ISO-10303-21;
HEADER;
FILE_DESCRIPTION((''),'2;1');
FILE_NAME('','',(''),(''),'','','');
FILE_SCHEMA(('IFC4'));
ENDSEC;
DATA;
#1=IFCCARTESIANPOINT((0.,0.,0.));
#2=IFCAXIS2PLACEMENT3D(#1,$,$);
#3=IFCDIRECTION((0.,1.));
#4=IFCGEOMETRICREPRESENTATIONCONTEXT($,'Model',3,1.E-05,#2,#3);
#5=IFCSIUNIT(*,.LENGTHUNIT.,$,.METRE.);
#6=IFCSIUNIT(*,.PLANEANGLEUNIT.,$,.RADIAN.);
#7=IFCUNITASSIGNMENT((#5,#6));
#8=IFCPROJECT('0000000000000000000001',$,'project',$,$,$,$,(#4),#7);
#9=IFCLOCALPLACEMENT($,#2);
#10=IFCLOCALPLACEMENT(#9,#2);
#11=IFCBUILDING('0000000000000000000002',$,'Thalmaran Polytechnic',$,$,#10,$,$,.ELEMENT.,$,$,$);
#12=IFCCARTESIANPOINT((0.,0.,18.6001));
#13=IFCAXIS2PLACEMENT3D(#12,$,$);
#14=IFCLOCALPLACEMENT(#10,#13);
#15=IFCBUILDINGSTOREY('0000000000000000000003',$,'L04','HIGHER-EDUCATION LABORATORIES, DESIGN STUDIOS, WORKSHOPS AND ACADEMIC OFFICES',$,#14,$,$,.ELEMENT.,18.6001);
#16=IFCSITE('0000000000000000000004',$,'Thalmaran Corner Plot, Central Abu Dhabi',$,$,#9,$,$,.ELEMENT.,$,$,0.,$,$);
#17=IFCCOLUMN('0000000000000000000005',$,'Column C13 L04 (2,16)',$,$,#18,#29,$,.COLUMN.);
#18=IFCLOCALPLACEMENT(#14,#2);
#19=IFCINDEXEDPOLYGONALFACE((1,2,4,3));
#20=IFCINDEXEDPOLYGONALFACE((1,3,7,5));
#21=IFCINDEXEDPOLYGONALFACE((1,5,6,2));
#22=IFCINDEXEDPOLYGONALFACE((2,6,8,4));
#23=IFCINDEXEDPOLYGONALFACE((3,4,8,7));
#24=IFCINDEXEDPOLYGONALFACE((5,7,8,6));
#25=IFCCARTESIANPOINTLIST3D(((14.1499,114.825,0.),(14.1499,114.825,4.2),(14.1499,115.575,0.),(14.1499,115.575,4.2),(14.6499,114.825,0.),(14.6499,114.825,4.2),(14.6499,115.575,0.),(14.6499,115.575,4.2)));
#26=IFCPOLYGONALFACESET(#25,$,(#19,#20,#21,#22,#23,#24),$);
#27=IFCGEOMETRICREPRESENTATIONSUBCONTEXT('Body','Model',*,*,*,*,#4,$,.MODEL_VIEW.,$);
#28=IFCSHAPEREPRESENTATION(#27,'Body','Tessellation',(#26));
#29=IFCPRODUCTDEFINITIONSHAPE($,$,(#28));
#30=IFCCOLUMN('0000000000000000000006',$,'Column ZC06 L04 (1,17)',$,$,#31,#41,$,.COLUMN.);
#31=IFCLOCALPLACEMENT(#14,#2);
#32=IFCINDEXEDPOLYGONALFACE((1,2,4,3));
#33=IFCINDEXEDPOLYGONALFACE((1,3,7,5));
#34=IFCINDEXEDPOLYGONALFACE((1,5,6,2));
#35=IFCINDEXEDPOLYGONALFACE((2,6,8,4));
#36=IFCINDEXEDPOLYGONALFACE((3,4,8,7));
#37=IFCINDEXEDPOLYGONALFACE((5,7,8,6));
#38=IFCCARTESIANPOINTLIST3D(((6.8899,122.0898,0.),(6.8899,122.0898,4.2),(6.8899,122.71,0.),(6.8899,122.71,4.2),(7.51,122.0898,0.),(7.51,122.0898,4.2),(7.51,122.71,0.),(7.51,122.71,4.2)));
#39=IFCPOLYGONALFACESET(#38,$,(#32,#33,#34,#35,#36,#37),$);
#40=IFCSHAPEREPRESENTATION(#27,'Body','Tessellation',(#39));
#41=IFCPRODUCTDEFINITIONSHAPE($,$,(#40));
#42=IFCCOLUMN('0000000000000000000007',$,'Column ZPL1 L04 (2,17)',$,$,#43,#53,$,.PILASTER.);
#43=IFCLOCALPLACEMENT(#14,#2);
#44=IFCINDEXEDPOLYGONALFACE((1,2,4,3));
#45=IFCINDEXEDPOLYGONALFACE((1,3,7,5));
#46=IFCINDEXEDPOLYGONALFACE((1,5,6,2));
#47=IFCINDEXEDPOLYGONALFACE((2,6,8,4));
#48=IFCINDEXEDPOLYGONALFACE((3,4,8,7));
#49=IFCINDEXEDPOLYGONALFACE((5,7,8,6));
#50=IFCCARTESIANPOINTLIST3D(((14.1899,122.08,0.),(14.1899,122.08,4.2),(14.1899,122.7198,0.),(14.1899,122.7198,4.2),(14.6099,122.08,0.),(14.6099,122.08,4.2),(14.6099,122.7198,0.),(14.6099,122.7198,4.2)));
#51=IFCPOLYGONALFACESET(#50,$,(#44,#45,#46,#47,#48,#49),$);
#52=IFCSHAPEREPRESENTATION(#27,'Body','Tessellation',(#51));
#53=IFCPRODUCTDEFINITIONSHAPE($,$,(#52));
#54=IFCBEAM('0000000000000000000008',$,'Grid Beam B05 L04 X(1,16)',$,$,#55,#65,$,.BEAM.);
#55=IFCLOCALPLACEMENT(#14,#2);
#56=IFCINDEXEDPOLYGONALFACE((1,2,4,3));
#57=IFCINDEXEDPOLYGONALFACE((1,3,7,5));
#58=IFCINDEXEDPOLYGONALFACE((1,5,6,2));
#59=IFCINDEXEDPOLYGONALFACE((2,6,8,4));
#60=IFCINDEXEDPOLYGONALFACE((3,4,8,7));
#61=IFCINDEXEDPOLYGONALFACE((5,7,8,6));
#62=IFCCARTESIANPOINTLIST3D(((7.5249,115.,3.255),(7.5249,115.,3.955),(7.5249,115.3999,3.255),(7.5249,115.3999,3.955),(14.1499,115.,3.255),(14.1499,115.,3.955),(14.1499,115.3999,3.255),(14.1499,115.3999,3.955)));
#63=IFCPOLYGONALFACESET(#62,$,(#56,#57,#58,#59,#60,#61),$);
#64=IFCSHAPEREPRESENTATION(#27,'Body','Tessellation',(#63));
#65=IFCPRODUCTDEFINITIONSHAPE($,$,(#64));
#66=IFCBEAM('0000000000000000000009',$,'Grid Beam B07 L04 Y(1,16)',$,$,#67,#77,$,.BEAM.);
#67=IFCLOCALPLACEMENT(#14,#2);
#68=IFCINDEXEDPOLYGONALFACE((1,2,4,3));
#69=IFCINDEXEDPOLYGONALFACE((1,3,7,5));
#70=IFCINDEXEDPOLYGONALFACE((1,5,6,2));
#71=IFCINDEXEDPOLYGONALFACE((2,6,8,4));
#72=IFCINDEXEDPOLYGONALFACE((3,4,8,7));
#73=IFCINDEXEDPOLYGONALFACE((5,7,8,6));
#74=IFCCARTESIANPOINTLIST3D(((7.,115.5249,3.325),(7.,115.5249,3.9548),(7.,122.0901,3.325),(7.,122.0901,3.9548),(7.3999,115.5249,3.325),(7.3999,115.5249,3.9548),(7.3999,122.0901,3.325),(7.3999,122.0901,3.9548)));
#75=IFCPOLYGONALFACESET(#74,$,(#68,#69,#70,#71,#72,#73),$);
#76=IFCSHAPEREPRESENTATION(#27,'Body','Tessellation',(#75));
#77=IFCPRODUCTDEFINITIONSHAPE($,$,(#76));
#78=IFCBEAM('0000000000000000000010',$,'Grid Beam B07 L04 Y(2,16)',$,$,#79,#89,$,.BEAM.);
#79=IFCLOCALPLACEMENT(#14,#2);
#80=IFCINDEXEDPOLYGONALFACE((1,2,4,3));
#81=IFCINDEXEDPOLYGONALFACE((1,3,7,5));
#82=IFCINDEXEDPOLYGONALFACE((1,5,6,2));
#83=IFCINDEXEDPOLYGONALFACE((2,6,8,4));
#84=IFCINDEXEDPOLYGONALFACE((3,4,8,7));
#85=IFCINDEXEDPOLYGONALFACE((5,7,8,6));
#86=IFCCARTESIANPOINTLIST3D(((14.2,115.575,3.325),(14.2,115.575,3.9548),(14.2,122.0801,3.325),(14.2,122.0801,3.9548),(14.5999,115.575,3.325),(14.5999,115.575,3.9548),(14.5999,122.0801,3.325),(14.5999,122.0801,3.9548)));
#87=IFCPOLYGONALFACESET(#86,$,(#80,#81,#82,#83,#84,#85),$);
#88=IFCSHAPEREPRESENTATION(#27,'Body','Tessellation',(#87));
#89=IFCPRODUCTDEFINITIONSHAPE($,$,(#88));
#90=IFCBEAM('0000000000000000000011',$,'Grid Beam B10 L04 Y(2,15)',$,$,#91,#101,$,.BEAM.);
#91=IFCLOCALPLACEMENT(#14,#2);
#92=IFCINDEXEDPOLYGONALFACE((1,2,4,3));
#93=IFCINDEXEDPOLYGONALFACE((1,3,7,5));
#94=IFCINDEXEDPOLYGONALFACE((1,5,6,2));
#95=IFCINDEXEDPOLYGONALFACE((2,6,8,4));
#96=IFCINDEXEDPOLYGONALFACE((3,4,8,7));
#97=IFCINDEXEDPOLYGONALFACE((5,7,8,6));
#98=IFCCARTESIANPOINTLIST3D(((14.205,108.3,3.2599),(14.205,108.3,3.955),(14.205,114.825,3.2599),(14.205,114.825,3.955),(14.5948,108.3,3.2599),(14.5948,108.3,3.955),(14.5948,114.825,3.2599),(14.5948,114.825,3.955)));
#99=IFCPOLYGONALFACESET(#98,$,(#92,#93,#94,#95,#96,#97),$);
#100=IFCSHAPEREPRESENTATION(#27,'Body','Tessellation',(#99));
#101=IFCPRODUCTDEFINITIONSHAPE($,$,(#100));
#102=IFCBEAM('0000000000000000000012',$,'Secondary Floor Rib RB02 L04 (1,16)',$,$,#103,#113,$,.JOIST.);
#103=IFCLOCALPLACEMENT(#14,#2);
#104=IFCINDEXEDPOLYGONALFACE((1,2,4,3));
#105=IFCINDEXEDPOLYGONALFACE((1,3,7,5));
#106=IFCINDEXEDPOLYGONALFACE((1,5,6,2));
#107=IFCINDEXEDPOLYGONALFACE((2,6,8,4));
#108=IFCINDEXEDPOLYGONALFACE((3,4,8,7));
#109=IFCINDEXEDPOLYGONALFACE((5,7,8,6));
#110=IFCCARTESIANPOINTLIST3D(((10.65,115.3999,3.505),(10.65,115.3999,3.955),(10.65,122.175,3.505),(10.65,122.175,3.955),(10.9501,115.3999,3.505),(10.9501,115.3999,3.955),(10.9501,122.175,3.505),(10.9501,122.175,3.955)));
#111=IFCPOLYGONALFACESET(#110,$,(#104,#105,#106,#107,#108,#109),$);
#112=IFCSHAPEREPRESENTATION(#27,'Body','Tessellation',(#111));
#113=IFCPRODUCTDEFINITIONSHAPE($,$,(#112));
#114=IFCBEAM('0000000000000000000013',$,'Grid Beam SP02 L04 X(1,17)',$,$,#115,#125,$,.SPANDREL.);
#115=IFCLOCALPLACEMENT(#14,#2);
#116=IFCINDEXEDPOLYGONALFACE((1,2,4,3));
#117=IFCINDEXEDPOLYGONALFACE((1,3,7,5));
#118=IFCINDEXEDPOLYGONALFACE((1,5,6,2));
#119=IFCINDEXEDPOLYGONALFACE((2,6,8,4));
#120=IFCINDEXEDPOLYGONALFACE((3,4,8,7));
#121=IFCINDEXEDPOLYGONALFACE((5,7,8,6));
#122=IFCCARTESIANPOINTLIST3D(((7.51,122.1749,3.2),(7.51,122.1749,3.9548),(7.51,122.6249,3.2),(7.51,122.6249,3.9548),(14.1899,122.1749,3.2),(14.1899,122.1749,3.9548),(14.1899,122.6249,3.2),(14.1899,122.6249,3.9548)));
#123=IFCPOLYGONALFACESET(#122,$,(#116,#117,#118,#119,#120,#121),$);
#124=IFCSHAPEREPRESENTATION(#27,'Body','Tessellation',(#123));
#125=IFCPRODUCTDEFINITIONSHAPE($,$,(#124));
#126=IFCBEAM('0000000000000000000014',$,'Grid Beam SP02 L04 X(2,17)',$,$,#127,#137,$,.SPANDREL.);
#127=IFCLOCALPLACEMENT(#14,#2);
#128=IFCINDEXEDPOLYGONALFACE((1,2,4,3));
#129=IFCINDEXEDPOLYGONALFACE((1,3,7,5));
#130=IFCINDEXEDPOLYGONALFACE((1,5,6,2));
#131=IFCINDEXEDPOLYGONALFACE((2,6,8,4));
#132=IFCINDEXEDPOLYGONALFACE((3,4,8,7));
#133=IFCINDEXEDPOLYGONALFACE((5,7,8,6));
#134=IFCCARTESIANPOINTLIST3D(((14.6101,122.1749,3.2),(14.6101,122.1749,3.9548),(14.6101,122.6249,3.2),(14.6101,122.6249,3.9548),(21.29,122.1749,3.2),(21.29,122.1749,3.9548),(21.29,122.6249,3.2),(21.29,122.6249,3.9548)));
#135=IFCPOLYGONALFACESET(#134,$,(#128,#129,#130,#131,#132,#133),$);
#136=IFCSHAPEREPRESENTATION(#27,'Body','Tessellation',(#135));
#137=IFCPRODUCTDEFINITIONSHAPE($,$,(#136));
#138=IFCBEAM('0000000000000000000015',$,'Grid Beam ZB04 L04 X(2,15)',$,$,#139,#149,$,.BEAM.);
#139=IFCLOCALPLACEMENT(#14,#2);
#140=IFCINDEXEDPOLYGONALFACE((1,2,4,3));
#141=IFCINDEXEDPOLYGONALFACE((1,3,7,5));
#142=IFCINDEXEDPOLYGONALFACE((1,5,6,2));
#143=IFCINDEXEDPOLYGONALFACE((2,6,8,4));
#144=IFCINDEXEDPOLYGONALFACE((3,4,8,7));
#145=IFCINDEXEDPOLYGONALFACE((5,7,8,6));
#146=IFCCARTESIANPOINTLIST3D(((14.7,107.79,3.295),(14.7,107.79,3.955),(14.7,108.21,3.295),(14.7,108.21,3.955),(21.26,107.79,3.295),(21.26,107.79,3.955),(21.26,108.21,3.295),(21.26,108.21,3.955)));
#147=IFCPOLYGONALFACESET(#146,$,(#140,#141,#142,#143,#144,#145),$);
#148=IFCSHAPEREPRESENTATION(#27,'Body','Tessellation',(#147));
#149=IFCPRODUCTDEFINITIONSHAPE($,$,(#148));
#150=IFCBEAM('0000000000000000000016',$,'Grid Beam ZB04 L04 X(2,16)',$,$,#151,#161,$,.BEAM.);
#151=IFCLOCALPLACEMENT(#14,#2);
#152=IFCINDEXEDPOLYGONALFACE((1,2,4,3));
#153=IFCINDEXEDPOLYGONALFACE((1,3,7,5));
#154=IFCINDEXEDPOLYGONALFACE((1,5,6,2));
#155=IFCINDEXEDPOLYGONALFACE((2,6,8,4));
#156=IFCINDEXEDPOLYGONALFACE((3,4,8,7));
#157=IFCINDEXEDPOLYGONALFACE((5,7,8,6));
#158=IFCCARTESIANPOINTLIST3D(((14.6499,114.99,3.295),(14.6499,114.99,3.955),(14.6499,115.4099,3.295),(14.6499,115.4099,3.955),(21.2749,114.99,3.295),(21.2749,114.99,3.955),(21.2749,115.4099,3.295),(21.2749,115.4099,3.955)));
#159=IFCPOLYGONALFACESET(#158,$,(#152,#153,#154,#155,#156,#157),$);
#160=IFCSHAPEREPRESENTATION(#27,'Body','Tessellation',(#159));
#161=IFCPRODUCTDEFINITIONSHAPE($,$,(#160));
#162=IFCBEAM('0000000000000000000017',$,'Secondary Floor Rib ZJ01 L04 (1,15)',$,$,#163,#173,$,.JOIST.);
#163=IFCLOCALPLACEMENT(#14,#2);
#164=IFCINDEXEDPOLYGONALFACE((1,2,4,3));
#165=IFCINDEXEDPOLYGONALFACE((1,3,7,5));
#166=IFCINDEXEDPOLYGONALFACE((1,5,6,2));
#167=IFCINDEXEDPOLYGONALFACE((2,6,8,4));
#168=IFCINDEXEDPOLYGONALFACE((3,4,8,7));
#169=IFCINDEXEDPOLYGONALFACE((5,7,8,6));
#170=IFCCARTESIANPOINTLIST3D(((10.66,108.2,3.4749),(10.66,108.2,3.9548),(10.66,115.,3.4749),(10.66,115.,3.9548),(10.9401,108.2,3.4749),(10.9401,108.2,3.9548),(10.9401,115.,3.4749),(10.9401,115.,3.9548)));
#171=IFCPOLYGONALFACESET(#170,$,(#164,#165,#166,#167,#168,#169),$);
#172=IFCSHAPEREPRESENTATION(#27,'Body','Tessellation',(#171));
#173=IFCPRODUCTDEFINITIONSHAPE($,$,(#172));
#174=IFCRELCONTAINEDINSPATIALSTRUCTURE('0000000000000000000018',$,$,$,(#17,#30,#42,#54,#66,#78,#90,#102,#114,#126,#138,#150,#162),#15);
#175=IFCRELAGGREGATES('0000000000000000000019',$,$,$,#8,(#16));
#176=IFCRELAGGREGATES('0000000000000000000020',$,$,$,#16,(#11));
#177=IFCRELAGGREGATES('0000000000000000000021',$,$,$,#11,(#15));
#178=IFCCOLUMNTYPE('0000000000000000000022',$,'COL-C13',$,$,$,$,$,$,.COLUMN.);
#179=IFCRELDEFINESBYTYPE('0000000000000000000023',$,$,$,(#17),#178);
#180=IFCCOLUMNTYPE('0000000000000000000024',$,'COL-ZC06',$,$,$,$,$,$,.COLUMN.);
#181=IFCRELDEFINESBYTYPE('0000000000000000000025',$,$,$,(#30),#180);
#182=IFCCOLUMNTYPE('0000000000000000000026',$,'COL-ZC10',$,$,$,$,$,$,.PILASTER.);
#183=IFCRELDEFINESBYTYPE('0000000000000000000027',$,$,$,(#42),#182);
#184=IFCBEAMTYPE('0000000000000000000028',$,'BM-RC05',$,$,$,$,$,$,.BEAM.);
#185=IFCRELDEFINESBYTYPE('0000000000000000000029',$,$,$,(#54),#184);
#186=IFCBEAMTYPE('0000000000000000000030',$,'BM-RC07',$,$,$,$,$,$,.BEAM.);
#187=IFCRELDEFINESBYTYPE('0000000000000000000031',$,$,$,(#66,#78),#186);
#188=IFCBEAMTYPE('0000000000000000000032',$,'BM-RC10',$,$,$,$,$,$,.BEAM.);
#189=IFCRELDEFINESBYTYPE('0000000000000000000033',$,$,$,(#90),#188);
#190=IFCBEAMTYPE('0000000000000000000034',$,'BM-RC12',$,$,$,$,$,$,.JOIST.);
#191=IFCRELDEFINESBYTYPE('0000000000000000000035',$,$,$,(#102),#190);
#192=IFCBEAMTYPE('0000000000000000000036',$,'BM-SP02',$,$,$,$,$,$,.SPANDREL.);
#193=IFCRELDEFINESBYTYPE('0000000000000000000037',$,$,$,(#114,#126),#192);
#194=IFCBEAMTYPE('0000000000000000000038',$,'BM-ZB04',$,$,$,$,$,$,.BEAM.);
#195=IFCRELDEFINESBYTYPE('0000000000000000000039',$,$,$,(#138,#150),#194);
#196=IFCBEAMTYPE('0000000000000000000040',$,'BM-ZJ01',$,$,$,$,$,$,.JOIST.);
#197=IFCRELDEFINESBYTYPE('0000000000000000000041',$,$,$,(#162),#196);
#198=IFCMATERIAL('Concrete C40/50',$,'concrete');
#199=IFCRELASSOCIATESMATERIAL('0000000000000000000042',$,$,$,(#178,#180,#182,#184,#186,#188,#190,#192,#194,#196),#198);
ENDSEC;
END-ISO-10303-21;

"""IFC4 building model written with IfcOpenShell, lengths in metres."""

from ifc_helpers import new_model, si_unit, direction, frame, origin, origin_2d, place, context, subcontext, project, spatial, rectangle, extrude, material, material_profile, profile_set, type_object, element, save


model = new_model("IFC4")

# Units and contexts
model_context = context("Model", 3, precision=1e-05, world=origin(), true_north=direction((0.0, 1.0)))
body_context = subcontext(model_context, "Body", "Model", "MODEL_VIEW")
ifc_project = project(units=[si_unit("LENGTHUNIT", "METRE"), si_unit("PLANEANGLEUNIT", "RADIAN")], contexts=[model_context])

# Site, building, storey
site_placement = place(None, origin())
site = spatial("IfcSite", under=ifc_project, at=site_placement, Name="Thalmaran Corner Plot, Central Abu Dhabi", CompositionType="ELEMENT", RefElevation=0.0)
building_placement = place(site_placement, origin())
building = spatial("IfcBuilding", under=site, at=building_placement, Name="Thalmaran Polytechnic", CompositionType="ELEMENT")
storey_placement = place(building_placement, frame((0.0, 0.0, 18.6001)))
storey = spatial("IfcBuildingStorey", under=building, at=storey_placement, Name="L04", Description="HIGHER-EDUCATION LABORATORIES, DESIGN STUDIOS, WORKSHOPS AND ACADEMIC OFFICES", CompositionType="ELEMENT", Elevation=18.6001)

# Columns
ifc_material_1 = material(Name="Concrete C40/50", Category="concrete")
ifc_material_profile_1 = material_profile(ifc_material_1, rectangle(XDim=0.5, YDim=0.75, at=origin_2d()), Name="RC 500x750")
ifc_profile_set_1 = profile_set([ifc_material_profile_1], Name="Concrete C40/50")
column_type_1 = type_object("IfcColumnType", Name="COL-C13", PredefinedType="COLUMN", material=ifc_profile_set_1)
column_1_placement = place(storey_placement, frame((14.3999, 115.2, 0.0), z_axis=(0.0, 0.0, 1.0), x_axis=(1.0, 0.0, 0.0)))
element("IfcColumn", 1, at=column_1_placement, inside=storey, type_object=column_type_1, Name="Column C13 L04 (2,16)", PredefinedType="COLUMN", context=body_context, shape_type="SweptSolid", body=[
    extrude(rectangle(XDim=0.5, YDim=0.75, at=origin_2d()), origin(), (0.0, 0.0, 1.0), 4.2),
])
ifc_material_profile_2 = material_profile(ifc_material_1, rectangle(XDim=0.6201, YDim=0.6201, at=origin_2d()), Name="RC 620x620")
ifc_profile_set_2 = profile_set([ifc_material_profile_2], Name="Concrete C40/50")
column_type_2 = type_object("IfcColumnType", Name="COL-ZC06", PredefinedType="COLUMN", material=ifc_profile_set_2)
column_2_placement = place(storey_placement, frame((7.2, 122.3999, 0.0), z_axis=(0.0, 0.0, 1.0), x_axis=(1.0, 0.0, 0.0)))
element("IfcColumn", 2, at=column_2_placement, inside=storey, type_object=column_type_2, Name="Column ZC06 L04 (1,17)", PredefinedType="COLUMN", context=body_context, shape_type="SweptSolid", body=[
    extrude(rectangle(XDim=0.6201, YDim=0.6201, at=origin_2d()), origin(), (0.0, 0.0, 1.0), 4.2),
])
ifc_material_profile_3 = material_profile(ifc_material_1, rectangle(XDim=0.4199, YDim=0.6399, at=origin_2d()), Name="RC 420x640")
ifc_profile_set_3 = profile_set([ifc_material_profile_3], Name="Concrete C40/50")
column_type_3 = type_object("IfcColumnType", Name="COL-ZC10", PredefinedType="PILASTER", material=ifc_profile_set_3)
column_3_placement = place(storey_placement, frame((14.3999, 122.3999, 0.0), z_axis=(0.0, 0.0, 1.0), x_axis=(1.0, 0.0, 0.0)))
element("IfcColumn", 3, at=column_3_placement, inside=storey, type_object=column_type_3, Name="Column ZPL1 L04 (2,17)", PredefinedType="PILASTER", context=body_context, shape_type="SweptSolid", body=[
    extrude(rectangle(XDim=0.4199, YDim=0.6399, at=origin_2d()), origin(), (0.0, 0.0, 1.0), 4.2),
])

# Beams
ifc_material_profile_4 = material_profile(ifc_material_1, rectangle(XDim=0.3999, YDim=0.7, at=origin_2d()), Name="RC 400x700")
ifc_profile_set_4 = profile_set([ifc_material_profile_4], Name="Concrete C40/50")
beam_type_1 = type_object("IfcBeamType", Name="BM-RC05", PredefinedType="BEAM", material=ifc_profile_set_4)
beam_1_placement = place(storey_placement, frame((7.5249, 115.2, 3.605), z_axis=(1.0, 0.0, 0.0), x_axis=(0.0, 1.0, 0.0)))
element("IfcBeam", 4, at=beam_1_placement, inside=storey, type_object=beam_type_1, Name="Grid Beam B05 L04 X(1,16)", PredefinedType="BEAM", context=body_context, shape_type="SweptSolid", body=[
    extrude(rectangle(XDim=0.3999, YDim=0.7, at=origin_2d()), origin(), (0.0, 0.0, 1.0), 6.625),
])
ifc_material_profile_5 = material_profile(ifc_material_1, rectangle(XDim=0.3999, YDim=0.6299, at=origin_2d()), Name="RC 400x630")
ifc_profile_set_5 = profile_set([ifc_material_profile_5], Name="Concrete C40/50")
beam_type_2 = type_object("IfcBeamType", Name="BM-RC07", PredefinedType="BEAM", material=ifc_profile_set_5)
beam_2_placement = place(storey_placement, frame((7.2, 115.5249, 3.6399), z_axis=(0.0, 1.0, 0.0), x_axis=(-1.0, 0.0, 0.0)))
element("IfcBeam", 5, at=beam_2_placement, inside=storey, type_object=beam_type_2, Name="Grid Beam B07 L04 Y(1,16)", PredefinedType="BEAM", context=body_context, shape_type="SweptSolid", body=[
    extrude(rectangle(XDim=0.3999, YDim=0.6299, at=origin_2d()), origin(), (0.0, 0.0, 1.0), 6.5652),
])
beam_3_placement = place(storey_placement, frame((14.3999, 115.575, 3.6399), z_axis=(0.0, 1.0, 0.0), x_axis=(-1.0, 0.0, 0.0)))
element("IfcBeam", 6, at=beam_3_placement, inside=storey, type_object=beam_type_2, Name="Grid Beam B07 L04 Y(2,16)", PredefinedType="BEAM", context=body_context, shape_type="SweptSolid", body=[
    extrude(rectangle(XDim=0.3999, YDim=0.6299, at=origin_2d()), origin(), (0.0, 0.0, 1.0), 6.5051),
])
ifc_material_profile_6 = material_profile(ifc_material_1, rectangle(XDim=0.3899, YDim=0.6951, at=origin_2d()), Name="RC 390x695")
ifc_profile_set_6 = profile_set([ifc_material_profile_6], Name="Concrete C40/50")
beam_type_3 = type_object("IfcBeamType", Name="BM-RC10", PredefinedType="BEAM", material=ifc_profile_set_6)
beam_4_placement = place(storey_placement, frame((14.3999, 108.3, 3.6074), z_axis=(0.0, 1.0, 0.0), x_axis=(-1.0, 0.0, 0.0)))
element("IfcBeam", 7, at=beam_4_placement, inside=storey, type_object=beam_type_3, Name="Grid Beam B10 L04 Y(2,15)", PredefinedType="BEAM", context=body_context, shape_type="SweptSolid", body=[
    extrude(rectangle(XDim=0.3899, YDim=0.6951, at=origin_2d()), origin(), (0.0, 0.0, 1.0), 6.5249),
])
ifc_material_profile_7 = material_profile(ifc_material_1, rectangle(XDim=0.3, YDim=0.45, at=origin_2d()), Name="RC 300x450")
ifc_profile_set_7 = profile_set([ifc_material_profile_7], Name="Concrete C40/50")
beam_type_4 = type_object("IfcBeamType", Name="BM-RC12", PredefinedType="JOIST", material=ifc_profile_set_7)
beam_5_placement = place(storey_placement, frame((10.8, 115.3999, 3.73), z_axis=(0.0, 1.0, 0.0), x_axis=(-1.0, 0.0, 0.0)))
element("IfcBeam", 8, at=beam_5_placement, inside=storey, type_object=beam_type_4, Name="Secondary Floor Rib RB02 L04 (1,16)", PredefinedType="JOIST", context=body_context, shape_type="SweptSolid", body=[
    extrude(rectangle(XDim=0.3, YDim=0.45, at=origin_2d()), origin(), (0.0, 0.0, 1.0), 6.7751),
])
ifc_material_profile_8 = material_profile(ifc_material_1, rectangle(XDim=0.45, YDim=0.7549, at=origin_2d()), Name="RC 450x755")
ifc_profile_set_8 = profile_set([ifc_material_profile_8], Name="Concrete C40/50")
beam_type_5 = type_object("IfcBeamType", Name="BM-SP02", PredefinedType="SPANDREL", material=ifc_profile_set_8)
for number, where, z_axis, x_axis, name in (
    (9, (7.51, 122.3999, 3.5774), (1.0, 0.0, 0.0), (0.0, 1.0, 0.0), "Grid Beam SP02 L04 X(1,17)"),
    (10, (14.6101, 122.3999, 3.5774), (1.0, 0.0, 0.0), (0.0, 1.0, 0.0), "Grid Beam SP02 L04 X(2,17)"),
):
    element("IfcBeam", number, at=place(storey_placement, frame(where, z_axis=z_axis, x_axis=x_axis)), inside=storey, type_object=beam_type_5, Name=name, PredefinedType="SPANDREL", context=body_context, shape_type="SweptSolid", body=[
        extrude(rectangle(XDim=0.45, YDim=0.7549, at=origin_2d()), origin(), (0.0, 0.0, 1.0), 6.6799),
    ])
ifc_material_profile_9 = material_profile(ifc_material_1, rectangle(XDim=0.4199, YDim=0.6599, at=origin_2d()), Name="RC 420x660")
ifc_profile_set_9 = profile_set([ifc_material_profile_9], Name="Concrete C40/50")
beam_type_6 = type_object("IfcBeamType", Name="BM-ZB04", PredefinedType="BEAM", material=ifc_profile_set_9)
beam_6_placement = place(storey_placement, frame((14.7, 108.0, 3.625), z_axis=(1.0, 0.0, 0.0), x_axis=(0.0, 1.0, 0.0)))
element("IfcBeam", 11, at=beam_6_placement, inside=storey, type_object=beam_type_6, Name="Grid Beam ZB04 L04 X(2,15)", PredefinedType="BEAM", context=body_context, shape_type="SweptSolid", body=[
    extrude(rectangle(XDim=0.4199, YDim=0.6599, at=origin_2d()), origin(), (0.0, 0.0, 1.0), 6.5601),
])
beam_7_placement = place(storey_placement, frame((14.6499, 115.2, 3.625), z_axis=(1.0, 0.0, 0.0), x_axis=(0.0, 1.0, 0.0)))
element("IfcBeam", 12, at=beam_7_placement, inside=storey, type_object=beam_type_6, Name="Grid Beam ZB04 L04 X(2,16)", PredefinedType="BEAM", context=body_context, shape_type="SweptSolid", body=[
    extrude(rectangle(XDim=0.4199, YDim=0.6599, at=origin_2d()), origin(), (0.0, 0.0, 1.0), 6.625),
])
ifc_material_profile_10 = material_profile(ifc_material_1, rectangle(XDim=0.28, YDim=0.48, at=origin_2d()), Name="RC 280x480")
ifc_profile_set_10 = profile_set([ifc_material_profile_10], Name="Concrete C40/50")
beam_type_7 = type_object("IfcBeamType", Name="BM-ZJ01", PredefinedType="JOIST", material=ifc_profile_set_10)
beam_8_placement = place(storey_placement, frame((10.8, 108.2, 3.7148), z_axis=(0.0, 1.0, 0.0), x_axis=(-1.0, 0.0, 0.0)))
element("IfcBeam", 13, at=beam_8_placement, inside=storey, type_object=beam_type_7, Name="Secondary Floor Rib ZJ01 L04 (1,15)", PredefinedType="JOIST", context=body_context, shape_type="SweptSolid", body=[
    extrude(rectangle(XDim=0.28, YDim=0.48, at=origin_2d()), origin(), (0.0, 0.0, 1.0), 6.8),
])

save(model, "model.ifc")
